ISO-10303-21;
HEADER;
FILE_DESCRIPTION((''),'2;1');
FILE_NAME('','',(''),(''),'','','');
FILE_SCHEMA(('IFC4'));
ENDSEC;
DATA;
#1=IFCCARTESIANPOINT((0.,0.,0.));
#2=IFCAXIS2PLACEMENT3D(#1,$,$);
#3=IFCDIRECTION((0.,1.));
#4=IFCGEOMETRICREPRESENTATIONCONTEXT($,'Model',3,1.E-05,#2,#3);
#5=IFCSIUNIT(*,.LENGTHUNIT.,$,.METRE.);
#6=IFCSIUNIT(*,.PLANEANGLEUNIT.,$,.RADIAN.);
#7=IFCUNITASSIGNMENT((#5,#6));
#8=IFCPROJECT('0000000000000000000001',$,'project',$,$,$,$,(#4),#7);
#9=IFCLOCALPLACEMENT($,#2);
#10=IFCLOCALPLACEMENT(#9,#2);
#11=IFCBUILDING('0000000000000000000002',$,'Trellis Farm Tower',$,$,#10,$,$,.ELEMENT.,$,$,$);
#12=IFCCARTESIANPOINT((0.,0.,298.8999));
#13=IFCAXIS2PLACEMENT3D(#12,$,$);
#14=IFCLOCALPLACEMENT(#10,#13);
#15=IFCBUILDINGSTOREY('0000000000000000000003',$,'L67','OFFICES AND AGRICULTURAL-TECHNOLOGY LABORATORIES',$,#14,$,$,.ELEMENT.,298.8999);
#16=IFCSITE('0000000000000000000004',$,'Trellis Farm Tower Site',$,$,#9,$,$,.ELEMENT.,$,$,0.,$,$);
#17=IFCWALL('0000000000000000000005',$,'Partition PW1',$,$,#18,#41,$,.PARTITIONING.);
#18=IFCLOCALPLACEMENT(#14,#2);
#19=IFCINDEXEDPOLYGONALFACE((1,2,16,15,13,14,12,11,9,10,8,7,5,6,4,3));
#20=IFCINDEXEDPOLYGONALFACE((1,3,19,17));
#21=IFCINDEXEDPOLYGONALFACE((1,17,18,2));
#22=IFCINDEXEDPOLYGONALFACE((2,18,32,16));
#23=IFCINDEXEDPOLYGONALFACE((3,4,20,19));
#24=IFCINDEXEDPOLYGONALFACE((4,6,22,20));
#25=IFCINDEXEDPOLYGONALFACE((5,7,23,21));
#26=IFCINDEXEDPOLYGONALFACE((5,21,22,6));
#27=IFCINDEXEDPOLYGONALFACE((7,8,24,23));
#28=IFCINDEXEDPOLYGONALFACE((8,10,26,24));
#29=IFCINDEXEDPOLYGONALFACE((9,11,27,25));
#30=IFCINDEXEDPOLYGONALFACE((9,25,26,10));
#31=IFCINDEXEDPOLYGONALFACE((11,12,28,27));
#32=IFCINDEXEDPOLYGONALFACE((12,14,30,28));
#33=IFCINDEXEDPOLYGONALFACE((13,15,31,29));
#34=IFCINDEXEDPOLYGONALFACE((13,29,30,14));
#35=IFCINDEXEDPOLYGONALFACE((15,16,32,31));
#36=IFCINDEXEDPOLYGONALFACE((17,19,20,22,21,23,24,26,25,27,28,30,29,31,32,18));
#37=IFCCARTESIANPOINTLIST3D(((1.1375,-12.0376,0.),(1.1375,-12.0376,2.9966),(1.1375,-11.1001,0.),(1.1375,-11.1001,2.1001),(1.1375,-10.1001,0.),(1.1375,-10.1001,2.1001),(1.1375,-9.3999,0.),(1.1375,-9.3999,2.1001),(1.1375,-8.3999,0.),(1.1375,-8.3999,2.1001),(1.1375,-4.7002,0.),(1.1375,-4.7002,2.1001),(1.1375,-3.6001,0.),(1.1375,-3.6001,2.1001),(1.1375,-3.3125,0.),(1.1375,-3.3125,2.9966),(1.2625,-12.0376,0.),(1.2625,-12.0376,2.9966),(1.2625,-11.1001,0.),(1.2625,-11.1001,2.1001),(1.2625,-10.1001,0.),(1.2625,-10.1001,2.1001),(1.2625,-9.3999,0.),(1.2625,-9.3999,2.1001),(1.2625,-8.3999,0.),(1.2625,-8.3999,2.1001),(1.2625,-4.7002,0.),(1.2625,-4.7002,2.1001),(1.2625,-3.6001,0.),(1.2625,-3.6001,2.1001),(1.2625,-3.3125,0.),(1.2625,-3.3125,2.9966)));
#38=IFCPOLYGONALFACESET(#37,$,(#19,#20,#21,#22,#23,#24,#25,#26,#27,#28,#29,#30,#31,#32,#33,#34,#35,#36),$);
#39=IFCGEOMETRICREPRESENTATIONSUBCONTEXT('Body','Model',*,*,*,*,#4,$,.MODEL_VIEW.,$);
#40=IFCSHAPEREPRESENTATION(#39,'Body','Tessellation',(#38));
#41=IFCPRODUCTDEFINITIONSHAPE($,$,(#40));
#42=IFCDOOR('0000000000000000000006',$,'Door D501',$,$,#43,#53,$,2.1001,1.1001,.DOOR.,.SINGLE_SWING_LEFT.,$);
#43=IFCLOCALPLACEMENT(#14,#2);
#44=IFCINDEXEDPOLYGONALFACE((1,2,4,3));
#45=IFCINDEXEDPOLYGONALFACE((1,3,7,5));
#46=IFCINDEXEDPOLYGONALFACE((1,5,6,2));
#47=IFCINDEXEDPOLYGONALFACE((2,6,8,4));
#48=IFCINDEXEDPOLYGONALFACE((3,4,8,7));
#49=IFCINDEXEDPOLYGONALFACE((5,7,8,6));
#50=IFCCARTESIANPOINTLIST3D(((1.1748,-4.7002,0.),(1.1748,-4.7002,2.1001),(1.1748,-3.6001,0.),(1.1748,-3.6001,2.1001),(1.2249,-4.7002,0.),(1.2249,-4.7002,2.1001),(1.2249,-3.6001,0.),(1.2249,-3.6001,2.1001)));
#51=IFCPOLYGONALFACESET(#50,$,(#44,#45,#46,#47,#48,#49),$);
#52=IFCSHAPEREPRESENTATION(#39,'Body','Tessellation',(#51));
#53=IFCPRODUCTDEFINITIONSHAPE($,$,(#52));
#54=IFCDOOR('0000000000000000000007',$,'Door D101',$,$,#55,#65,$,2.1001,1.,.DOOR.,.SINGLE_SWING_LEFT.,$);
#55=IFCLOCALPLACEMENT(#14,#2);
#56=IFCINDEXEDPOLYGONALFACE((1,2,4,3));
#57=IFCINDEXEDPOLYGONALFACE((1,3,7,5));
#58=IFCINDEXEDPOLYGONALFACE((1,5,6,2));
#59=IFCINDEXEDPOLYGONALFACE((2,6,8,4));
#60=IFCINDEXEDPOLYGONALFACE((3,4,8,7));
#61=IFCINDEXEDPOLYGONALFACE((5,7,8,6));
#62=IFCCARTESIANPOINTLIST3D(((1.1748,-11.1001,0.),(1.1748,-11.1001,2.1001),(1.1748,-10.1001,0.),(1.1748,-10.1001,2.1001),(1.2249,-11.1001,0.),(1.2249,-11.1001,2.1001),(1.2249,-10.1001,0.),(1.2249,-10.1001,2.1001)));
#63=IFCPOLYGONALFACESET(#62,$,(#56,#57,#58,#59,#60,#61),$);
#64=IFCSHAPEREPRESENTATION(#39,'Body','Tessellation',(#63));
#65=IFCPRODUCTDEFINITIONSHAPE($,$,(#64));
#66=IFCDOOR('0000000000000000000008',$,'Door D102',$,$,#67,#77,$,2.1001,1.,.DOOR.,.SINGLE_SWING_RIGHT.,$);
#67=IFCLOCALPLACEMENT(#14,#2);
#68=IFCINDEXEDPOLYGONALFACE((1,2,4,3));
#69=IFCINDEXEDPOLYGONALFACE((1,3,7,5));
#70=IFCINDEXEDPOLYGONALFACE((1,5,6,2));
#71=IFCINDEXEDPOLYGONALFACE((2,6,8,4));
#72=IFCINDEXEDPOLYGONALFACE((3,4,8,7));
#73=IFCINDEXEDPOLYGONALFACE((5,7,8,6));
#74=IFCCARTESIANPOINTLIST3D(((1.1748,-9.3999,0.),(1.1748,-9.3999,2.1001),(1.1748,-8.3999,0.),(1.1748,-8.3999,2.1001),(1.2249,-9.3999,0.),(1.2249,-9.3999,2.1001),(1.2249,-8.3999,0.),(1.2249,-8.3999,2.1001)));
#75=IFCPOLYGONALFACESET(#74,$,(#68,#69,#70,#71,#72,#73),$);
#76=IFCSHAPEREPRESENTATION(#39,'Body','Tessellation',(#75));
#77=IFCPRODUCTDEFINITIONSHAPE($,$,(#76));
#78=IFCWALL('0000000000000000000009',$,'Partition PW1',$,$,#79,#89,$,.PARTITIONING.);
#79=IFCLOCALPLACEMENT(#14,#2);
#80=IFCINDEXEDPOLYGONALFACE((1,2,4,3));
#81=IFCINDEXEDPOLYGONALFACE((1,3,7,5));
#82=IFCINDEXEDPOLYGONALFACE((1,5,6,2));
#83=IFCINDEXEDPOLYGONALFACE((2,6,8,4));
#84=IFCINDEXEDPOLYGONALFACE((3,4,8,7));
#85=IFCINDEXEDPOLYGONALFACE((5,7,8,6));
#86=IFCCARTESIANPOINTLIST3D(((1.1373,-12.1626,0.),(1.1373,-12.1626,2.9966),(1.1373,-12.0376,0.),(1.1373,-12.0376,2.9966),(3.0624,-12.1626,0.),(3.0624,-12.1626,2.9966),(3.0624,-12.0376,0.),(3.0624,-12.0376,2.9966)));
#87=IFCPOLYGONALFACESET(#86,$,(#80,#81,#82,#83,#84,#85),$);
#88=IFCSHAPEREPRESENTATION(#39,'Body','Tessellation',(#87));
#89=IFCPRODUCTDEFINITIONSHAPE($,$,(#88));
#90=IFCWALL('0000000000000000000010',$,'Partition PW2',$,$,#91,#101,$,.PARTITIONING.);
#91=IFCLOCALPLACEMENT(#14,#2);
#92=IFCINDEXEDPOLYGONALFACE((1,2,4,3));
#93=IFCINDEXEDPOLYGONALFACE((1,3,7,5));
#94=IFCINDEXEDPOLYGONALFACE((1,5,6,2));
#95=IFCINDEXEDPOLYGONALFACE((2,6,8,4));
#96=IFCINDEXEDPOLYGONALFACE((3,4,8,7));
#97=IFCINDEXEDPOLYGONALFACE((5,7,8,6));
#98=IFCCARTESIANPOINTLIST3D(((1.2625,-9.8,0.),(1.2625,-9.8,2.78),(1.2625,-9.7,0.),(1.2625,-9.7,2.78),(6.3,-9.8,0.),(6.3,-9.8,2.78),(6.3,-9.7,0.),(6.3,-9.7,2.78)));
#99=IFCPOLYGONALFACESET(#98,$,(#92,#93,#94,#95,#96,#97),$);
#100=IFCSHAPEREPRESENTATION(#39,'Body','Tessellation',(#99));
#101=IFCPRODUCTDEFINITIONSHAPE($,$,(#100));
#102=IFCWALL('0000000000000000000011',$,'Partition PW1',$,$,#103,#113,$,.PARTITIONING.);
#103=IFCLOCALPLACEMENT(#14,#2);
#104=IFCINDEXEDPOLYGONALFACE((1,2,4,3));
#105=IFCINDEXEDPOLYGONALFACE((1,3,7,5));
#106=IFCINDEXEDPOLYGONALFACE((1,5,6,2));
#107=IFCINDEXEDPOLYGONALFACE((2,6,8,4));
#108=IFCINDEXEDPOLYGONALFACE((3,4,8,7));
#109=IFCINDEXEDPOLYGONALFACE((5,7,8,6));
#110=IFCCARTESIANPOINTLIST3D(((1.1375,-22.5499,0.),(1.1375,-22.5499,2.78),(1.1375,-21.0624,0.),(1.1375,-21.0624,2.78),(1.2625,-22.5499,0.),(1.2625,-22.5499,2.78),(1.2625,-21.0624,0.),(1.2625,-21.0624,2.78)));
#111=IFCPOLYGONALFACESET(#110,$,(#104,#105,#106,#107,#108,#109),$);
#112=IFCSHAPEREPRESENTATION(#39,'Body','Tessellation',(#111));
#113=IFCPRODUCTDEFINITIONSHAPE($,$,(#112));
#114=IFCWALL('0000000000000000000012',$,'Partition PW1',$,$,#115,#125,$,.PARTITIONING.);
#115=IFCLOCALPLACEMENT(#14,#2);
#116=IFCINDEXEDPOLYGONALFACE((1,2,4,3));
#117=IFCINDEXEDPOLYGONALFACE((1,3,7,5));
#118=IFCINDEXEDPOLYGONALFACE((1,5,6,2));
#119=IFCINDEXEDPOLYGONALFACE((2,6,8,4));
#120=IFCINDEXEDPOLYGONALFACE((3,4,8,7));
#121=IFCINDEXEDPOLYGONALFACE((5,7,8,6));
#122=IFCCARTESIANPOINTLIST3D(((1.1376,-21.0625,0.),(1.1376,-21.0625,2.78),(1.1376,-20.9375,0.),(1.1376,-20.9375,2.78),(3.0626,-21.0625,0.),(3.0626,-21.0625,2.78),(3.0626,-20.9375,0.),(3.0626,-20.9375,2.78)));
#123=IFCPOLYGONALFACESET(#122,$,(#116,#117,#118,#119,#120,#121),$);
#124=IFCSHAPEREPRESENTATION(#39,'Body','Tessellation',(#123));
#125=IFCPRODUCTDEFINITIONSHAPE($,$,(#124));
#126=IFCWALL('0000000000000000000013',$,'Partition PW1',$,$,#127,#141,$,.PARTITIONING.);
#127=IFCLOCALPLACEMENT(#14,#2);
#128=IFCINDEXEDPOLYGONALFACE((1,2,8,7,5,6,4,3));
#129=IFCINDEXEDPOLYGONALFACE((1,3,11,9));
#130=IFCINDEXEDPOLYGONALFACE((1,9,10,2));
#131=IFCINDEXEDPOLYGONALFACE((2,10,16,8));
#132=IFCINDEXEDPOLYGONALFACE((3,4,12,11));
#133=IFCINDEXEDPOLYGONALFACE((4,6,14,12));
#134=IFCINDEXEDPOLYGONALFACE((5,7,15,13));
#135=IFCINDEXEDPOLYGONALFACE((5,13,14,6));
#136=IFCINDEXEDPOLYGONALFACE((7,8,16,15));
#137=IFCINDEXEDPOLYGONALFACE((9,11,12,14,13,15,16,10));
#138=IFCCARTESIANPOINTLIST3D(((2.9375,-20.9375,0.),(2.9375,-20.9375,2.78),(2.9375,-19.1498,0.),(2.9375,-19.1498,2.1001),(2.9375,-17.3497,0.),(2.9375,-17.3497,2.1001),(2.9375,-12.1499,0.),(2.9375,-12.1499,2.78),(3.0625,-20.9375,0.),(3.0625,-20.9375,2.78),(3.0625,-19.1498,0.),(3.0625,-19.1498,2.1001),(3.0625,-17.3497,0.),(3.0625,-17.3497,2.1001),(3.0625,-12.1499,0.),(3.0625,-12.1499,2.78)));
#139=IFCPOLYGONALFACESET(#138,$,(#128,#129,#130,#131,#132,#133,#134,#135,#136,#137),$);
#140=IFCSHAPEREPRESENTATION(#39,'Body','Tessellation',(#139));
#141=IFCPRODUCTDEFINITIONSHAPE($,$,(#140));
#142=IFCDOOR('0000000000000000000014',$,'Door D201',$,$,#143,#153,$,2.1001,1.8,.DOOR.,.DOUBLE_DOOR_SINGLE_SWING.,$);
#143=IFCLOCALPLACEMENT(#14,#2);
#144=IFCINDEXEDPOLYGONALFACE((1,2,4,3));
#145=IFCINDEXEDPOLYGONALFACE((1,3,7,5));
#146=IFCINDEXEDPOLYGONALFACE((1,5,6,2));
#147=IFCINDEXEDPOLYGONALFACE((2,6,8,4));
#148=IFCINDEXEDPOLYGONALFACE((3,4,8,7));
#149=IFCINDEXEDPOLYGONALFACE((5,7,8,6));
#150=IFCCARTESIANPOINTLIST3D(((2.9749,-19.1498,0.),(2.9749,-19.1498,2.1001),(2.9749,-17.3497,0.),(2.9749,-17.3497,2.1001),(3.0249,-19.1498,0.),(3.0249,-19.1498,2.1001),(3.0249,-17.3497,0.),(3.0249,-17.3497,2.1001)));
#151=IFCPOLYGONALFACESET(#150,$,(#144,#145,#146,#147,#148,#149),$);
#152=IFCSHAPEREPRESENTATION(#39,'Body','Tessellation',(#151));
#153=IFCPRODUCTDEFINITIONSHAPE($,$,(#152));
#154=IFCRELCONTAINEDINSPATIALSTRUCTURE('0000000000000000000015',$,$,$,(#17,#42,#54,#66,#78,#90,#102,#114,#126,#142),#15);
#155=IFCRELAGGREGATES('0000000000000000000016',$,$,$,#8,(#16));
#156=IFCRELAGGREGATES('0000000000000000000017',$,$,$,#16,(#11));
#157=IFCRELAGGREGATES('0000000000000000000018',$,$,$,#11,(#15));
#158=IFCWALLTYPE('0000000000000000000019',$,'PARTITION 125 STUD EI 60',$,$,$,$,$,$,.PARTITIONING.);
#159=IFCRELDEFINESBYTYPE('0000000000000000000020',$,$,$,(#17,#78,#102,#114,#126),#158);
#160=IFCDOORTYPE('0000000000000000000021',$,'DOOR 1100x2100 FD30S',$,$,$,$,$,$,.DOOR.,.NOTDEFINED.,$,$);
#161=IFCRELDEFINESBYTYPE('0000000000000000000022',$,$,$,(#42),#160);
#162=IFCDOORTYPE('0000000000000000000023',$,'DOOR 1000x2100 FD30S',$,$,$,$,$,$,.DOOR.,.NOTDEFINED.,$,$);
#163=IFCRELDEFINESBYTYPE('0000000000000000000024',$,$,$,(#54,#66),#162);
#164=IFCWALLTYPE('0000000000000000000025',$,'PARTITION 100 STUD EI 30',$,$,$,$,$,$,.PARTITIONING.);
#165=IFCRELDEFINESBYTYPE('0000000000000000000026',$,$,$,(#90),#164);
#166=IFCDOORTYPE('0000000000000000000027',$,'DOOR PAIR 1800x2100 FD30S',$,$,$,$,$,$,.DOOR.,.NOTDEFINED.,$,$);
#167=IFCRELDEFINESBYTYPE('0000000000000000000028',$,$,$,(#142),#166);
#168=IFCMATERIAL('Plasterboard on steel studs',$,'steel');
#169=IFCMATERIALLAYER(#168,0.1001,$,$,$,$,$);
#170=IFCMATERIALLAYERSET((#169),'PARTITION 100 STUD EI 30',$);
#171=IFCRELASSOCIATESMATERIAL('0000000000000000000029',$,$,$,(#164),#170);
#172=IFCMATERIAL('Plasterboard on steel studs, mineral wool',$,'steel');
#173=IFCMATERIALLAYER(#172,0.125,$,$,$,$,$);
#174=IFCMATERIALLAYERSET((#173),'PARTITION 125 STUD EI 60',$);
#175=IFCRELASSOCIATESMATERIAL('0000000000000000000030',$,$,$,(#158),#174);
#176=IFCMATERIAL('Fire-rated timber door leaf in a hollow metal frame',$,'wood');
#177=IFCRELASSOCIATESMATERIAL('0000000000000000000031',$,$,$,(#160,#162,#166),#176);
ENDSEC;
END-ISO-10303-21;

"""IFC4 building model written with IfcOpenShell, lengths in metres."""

from ifc_helpers import new_model, si_unit, direction, frame, frame_2d, origin, place, context, subcontext, project, spatial, rectangle, extrude, source, transform, mapped, material, layer, layer_set, type_object, element, fill, save


model = new_model("IFC4")

# Units and contexts
model_context = context("Model", 3, precision=1e-05, world=origin(), true_north=direction((0.0, 1.0)))
body_context = subcontext(model_context, "Body", "Model", "MODEL_VIEW")
ifc_project = project(units=[si_unit("LENGTHUNIT", "METRE"), si_unit("PLANEANGLEUNIT", "RADIAN")], contexts=[model_context])

# Site, building, storey
site_placement = place(None, origin())
site = spatial("IfcSite", under=ifc_project, at=site_placement, Name="Trellis Farm Tower Site", CompositionType="ELEMENT", RefElevation=0.0)
building_placement = place(site_placement, origin())
building = spatial("IfcBuilding", under=site, at=building_placement, Name="Trellis Farm Tower", CompositionType="ELEMENT")
storey_placement = place(building_placement, frame((0.0, 0.0, 298.8999)))
storey = spatial("IfcBuildingStorey", under=building, at=storey_placement, Name="L67", Description="OFFICES AND AGRICULTURAL-TECHNOLOGY LABORATORIES", CompositionType="ELEMENT", Elevation=298.8999)

# Shared definitions
ifc_material_1 = material(Name="Plasterboard on steel studs", Category="steel")
ifc_layer_1 = layer(ifc_material_1, 0.1001)
ifc_layer_set_1 = layer_set([ifc_layer_1], Name="PARTITION 100 STUD EI 30")
wall_type_1 = type_object("IfcWallType", Name="PARTITION 100 STUD EI 30", PredefinedType="PARTITIONING", material=ifc_layer_set_1)

# Wall, openings, doors
ifc_material_2 = material(Name="Plasterboard on steel studs, mineral wool", Category="steel")
ifc_layer_2 = layer(ifc_material_2, 0.125)
ifc_layer_set_2 = layer_set([ifc_layer_2], Name="PARTITION 125 STUD EI 60")
wall_type_2 = type_object("IfcWallType", Name="PARTITION 125 STUD EI 60", PredefinedType="PARTITIONING", material=ifc_layer_set_2)
shared_shape_1 = source(origin(), body_context, "Body", "SweptSolid", [
    extrude(rectangle(XDim=8.7251, YDim=0.125, at=frame_2d((4.3625, 0.0))), origin(), (0.0, 0.0, 1.0), 2.9966),
])
wall_1_placement = place(storey_placement, frame((1.2, -3.3125, 0.0), z_axis=(0.0, 0.0, 1.0), x_axis=(0.0, -1.0, 0.0)))
wall_1 = element("IfcWall", 1, at=wall_1_placement, inside=storey, type_object=wall_type_2, Name="Partition PW1", PredefinedType="PARTITIONING", context=body_context, shape_type="MappedRepresentation", body=[
    mapped(shared_shape_1, transform((0.0, 0.0, 0.0))),
])
shared_shape_2 = source(origin(), body_context, "Body", "SweptSolid", [
    extrude(rectangle(XDim=1.0, YDim=2.1001, at=frame_2d((0.5, 1.05))), frame((0.0, 0.0725, 0.0), z_axis=(0.0, -1.0, 0.0), x_axis=(1.0, 0.0, 0.0)), (0.0, 0.0, 1.0), 0.145),
])
opening_1_placement = place(wall_1_placement, frame((6.7876, 0.0, 0.0)))
opening_1 = element("IfcOpeningElement", 2, at=opening_1_placement, cuts=wall_1, PredefinedType="OPENING", context=body_context, shape_type="MappedRepresentation", body=[
    mapped(shared_shape_2, transform((0.0, 0.0, 0.0))),
])
opening_2_placement = place(wall_1_placement, frame((5.0874, 0.0, 0.0)))
opening_2 = element("IfcOpeningElement", 3, at=opening_2_placement, cuts=wall_1, PredefinedType="OPENING", context=body_context, shape_type="MappedRepresentation", body=[
    mapped(shared_shape_2, transform((0.0, 0.0, 0.0))),
])
shared_shape_3 = source(origin(), body_context, "Body", "SweptSolid", [
    extrude(rectangle(XDim=1.1001, YDim=2.1001, at=frame_2d((0.55, 1.05))), frame((0.0, 0.0725, 0.0), z_axis=(0.0, -1.0, 0.0), x_axis=(1.0, 0.0, 0.0)), (0.0, 0.0, 1.0), 0.145),
])
opening_3_placement = place(wall_1_placement, frame((0.2876, 0.0, 0.0)))
opening_3 = element("IfcOpeningElement", 4, at=opening_3_placement, cuts=wall_1, PredefinedType="OPENING", context=body_context, shape_type="MappedRepresentation", body=[
    mapped(shared_shape_3, transform((0.0, 0.0, 0.0))),
])
ifc_material_3 = material(Name="Fire-rated timber door leaf in a hollow metal frame", Category="wood")
door_type_1 = type_object("IfcDoorType", Name="DOOR 1100x2100 FD30S", OperationType="NOTDEFINED", PredefinedType="DOOR", material=ifc_material_3)
shared_shape_4 = source(origin(), body_context, "Body", "SweptSolid", [
    extrude(rectangle(XDim=1.1001, YDim=2.1001, at=frame_2d((0.55, 1.05))), frame((0.0, 0.0249, 0.0), z_axis=(0.0, -1.0, 0.0), x_axis=(1.0, 0.0, 0.0)), (0.0, 0.0, 1.0), 0.05),
])
door_1_placement = place(opening_3_placement, origin())
door_1 = element("IfcDoor", 5, at=door_1_placement, inside=storey, type_object=door_type_1, Name="Door D501", OperationType="SINGLE_SWING_LEFT", OverallHeight=2.1001, OverallWidth=1.1001, PredefinedType="DOOR", context=body_context, shape_type="MappedRepresentation", body=[
    mapped(shared_shape_4, transform((0.0, 0.0, 0.0))),
])
fill(opening_3, door_1)
door_type_2 = type_object("IfcDoorType", Name="DOOR 1000x2100 FD30S", OperationType="NOTDEFINED", PredefinedType="DOOR", material=ifc_material_3)
shared_shape_5 = source(origin(), body_context, "Body", "SweptSolid", [
    extrude(rectangle(XDim=1.0, YDim=2.1001, at=frame_2d((0.5, 1.05))), frame((0.0, 0.0249, 0.0), z_axis=(0.0, -1.0, 0.0), x_axis=(1.0, 0.0, 0.0)), (0.0, 0.0, 1.0), 0.05),
])
door_2_placement = place(opening_1_placement, origin())
door_2 = element("IfcDoor", 6, at=door_2_placement, inside=storey, type_object=door_type_2, Name="Door D101", OperationType="SINGLE_SWING_LEFT", OverallHeight=2.1001, OverallWidth=1.0, PredefinedType="DOOR", context=body_context, shape_type="MappedRepresentation", body=[
    mapped(shared_shape_5, transform((0.0, 0.0, 0.0))),
])
fill(opening_1, door_2)
door_3_placement = place(opening_2_placement, origin())
door_3 = element("IfcDoor", 7, at=door_3_placement, inside=storey, type_object=door_type_2, Name="Door D102", OperationType="SINGLE_SWING_RIGHT", OverallHeight=2.1001, OverallWidth=1.0, PredefinedType="DOOR", context=body_context, shape_type="MappedRepresentation", body=[
    mapped(shared_shape_5, transform((0.0, 0.0, 0.0))),
])
fill(opening_2, door_3)

# Walls
shared_shape_6 = source(origin(), body_context, "Body", "SweptSolid", [
    extrude(rectangle(XDim=1.925, YDim=0.125, at=frame_2d((0.9624, 0.0))), origin(), (0.0, 0.0, 1.0), 2.9966),
])
wall_2_placement = place(storey_placement, frame((1.1375, -12.1001, 0.0), z_axis=(0.0, 0.0, 1.0), x_axis=(1.0, 0.0, 0.0)))
element("IfcWall", 8, at=wall_2_placement, inside=storey, type_object=wall_type_2, Name="Partition PW1", PredefinedType="PARTITIONING", context=body_context, shape_type="MappedRepresentation", body=[
    mapped(shared_shape_6, transform((0.0, 0.0, 0.0))),
])
shared_shape_7 = source(origin(), body_context, "Body", "SweptSolid", [
    extrude(rectangle(XDim=5.0376, YDim=0.1001, at=frame_2d((2.5188, 0.0))), origin(), (0.0, 0.0, 1.0), 2.78),
])
wall_3_placement = place(storey_placement, frame((1.2625, -9.75, 0.0), z_axis=(0.0, 0.0, 1.0), x_axis=(1.0, 0.0, 0.0)))
element("IfcWall", 9, at=wall_3_placement, inside=storey, type_object=wall_type_1, Name="Partition PW2", PredefinedType="PARTITIONING", context=body_context, shape_type="MappedRepresentation", body=[
    mapped(shared_shape_7, transform((0.0, 0.0, 0.0))),
])
shared_shape_8 = source(origin(), body_context, "Body", "SweptSolid", [
    extrude(rectangle(XDim=1.4875, YDim=0.125, at=frame_2d((0.7437, 0.0))), origin(), (0.0, 0.0, 1.0), 2.78),
])
wall_4_placement = place(storey_placement, frame((1.2, -21.0625, 0.0), z_axis=(0.0, 0.0, 1.0), x_axis=(0.0, -1.0, 0.0)))
element("IfcWall", 10, at=wall_4_placement, inside=storey, type_object=wall_type_2, Name="Partition PW1", PredefinedType="PARTITIONING", context=body_context, shape_type="MappedRepresentation", body=[
    mapped(shared_shape_8, transform((0.0, 0.0, 0.0))),
])
shared_shape_9 = source(origin(), body_context, "Body", "SweptSolid", [
    extrude(rectangle(XDim=1.925, YDim=0.125, at=frame_2d((0.9624, 0.0))), origin(), (0.0, 0.0, 1.0), 2.78),
])
wall_5_placement = place(storey_placement, frame((3.0625, -21.0, 0.0), z_axis=(0.0, 0.0, 1.0), x_axis=(-1.0, 0.0, 0.0)))
element("IfcWall", 11, at=wall_5_placement, inside=storey, type_object=wall_type_2, Name="Partition PW1", PredefinedType="PARTITIONING", context=body_context, shape_type="MappedRepresentation", body=[
    mapped(shared_shape_9, transform((0.0, 0.0, 0.0))),
])

# Wall, opening, door
shared_shape_10 = source(origin(), body_context, "Body", "SweptSolid", [
    extrude(rectangle(XDim=8.7876, YDim=0.125, at=frame_2d((4.3938, 0.0))), origin(), (0.0, 0.0, 1.0), 2.78),
])
wall_6_placement = place(storey_placement, frame((3.0, -12.1499, 0.0), z_axis=(0.0, 0.0, 1.0), x_axis=(0.0, -1.0, 0.0)))
wall_6 = element("IfcWall", 12, at=wall_6_placement, inside=storey, type_object=wall_type_2, Name="Partition PW1", PredefinedType="PARTITIONING", context=body_context, shape_type="MappedRepresentation", body=[
    mapped(shared_shape_10, transform((0.0, 0.0, 0.0))),
])
shared_shape_11 = source(origin(), body_context, "Body", "SweptSolid", [
    extrude(rectangle(XDim=1.8, YDim=2.1001, at=frame_2d((0.8999, 1.05))), frame((0.0, 0.0725, 0.0), z_axis=(0.0, -1.0, 0.0), x_axis=(1.0, 0.0, 0.0)), (0.0, 0.0, 1.0), 0.145),
])
opening_4_placement = place(wall_6_placement, frame((5.2, 0.0, 0.0)))
opening_4 = element("IfcOpeningElement", 13, at=opening_4_placement, cuts=wall_6, PredefinedType="OPENING", context=body_context, shape_type="MappedRepresentation", body=[
    mapped(shared_shape_11, transform((0.0, 0.0, 0.0))),
])
door_type_3 = type_object("IfcDoorType", Name="DOOR PAIR 1800x2100 FD30S", OperationType="NOTDEFINED", PredefinedType="DOOR", material=ifc_material_3)
shared_shape_12 = source(origin(), body_context, "Body", "SweptSolid", [
    extrude(rectangle(XDim=1.8, YDim=2.1001, at=frame_2d((0.8999, 1.05))), frame((0.0, 0.0249, 0.0), z_axis=(0.0, -1.0, 0.0), x_axis=(1.0, 0.0, 0.0)), (0.0, 0.0, 1.0), 0.05),
])
door_4_placement = place(opening_4_placement, origin())
door_4 = element("IfcDoor", 14, at=door_4_placement, inside=storey, type_object=door_type_3, Name="Door D201", OperationType="DOUBLE_DOOR_SINGLE_SWING", OverallHeight=2.1001, OverallWidth=1.8, PredefinedType="DOOR", context=body_context, shape_type="MappedRepresentation", body=[
    mapped(shared_shape_12, transform((0.0, 0.0, 0.0))),
])
fill(opening_4, door_4)

save(model, "model.ifc")
